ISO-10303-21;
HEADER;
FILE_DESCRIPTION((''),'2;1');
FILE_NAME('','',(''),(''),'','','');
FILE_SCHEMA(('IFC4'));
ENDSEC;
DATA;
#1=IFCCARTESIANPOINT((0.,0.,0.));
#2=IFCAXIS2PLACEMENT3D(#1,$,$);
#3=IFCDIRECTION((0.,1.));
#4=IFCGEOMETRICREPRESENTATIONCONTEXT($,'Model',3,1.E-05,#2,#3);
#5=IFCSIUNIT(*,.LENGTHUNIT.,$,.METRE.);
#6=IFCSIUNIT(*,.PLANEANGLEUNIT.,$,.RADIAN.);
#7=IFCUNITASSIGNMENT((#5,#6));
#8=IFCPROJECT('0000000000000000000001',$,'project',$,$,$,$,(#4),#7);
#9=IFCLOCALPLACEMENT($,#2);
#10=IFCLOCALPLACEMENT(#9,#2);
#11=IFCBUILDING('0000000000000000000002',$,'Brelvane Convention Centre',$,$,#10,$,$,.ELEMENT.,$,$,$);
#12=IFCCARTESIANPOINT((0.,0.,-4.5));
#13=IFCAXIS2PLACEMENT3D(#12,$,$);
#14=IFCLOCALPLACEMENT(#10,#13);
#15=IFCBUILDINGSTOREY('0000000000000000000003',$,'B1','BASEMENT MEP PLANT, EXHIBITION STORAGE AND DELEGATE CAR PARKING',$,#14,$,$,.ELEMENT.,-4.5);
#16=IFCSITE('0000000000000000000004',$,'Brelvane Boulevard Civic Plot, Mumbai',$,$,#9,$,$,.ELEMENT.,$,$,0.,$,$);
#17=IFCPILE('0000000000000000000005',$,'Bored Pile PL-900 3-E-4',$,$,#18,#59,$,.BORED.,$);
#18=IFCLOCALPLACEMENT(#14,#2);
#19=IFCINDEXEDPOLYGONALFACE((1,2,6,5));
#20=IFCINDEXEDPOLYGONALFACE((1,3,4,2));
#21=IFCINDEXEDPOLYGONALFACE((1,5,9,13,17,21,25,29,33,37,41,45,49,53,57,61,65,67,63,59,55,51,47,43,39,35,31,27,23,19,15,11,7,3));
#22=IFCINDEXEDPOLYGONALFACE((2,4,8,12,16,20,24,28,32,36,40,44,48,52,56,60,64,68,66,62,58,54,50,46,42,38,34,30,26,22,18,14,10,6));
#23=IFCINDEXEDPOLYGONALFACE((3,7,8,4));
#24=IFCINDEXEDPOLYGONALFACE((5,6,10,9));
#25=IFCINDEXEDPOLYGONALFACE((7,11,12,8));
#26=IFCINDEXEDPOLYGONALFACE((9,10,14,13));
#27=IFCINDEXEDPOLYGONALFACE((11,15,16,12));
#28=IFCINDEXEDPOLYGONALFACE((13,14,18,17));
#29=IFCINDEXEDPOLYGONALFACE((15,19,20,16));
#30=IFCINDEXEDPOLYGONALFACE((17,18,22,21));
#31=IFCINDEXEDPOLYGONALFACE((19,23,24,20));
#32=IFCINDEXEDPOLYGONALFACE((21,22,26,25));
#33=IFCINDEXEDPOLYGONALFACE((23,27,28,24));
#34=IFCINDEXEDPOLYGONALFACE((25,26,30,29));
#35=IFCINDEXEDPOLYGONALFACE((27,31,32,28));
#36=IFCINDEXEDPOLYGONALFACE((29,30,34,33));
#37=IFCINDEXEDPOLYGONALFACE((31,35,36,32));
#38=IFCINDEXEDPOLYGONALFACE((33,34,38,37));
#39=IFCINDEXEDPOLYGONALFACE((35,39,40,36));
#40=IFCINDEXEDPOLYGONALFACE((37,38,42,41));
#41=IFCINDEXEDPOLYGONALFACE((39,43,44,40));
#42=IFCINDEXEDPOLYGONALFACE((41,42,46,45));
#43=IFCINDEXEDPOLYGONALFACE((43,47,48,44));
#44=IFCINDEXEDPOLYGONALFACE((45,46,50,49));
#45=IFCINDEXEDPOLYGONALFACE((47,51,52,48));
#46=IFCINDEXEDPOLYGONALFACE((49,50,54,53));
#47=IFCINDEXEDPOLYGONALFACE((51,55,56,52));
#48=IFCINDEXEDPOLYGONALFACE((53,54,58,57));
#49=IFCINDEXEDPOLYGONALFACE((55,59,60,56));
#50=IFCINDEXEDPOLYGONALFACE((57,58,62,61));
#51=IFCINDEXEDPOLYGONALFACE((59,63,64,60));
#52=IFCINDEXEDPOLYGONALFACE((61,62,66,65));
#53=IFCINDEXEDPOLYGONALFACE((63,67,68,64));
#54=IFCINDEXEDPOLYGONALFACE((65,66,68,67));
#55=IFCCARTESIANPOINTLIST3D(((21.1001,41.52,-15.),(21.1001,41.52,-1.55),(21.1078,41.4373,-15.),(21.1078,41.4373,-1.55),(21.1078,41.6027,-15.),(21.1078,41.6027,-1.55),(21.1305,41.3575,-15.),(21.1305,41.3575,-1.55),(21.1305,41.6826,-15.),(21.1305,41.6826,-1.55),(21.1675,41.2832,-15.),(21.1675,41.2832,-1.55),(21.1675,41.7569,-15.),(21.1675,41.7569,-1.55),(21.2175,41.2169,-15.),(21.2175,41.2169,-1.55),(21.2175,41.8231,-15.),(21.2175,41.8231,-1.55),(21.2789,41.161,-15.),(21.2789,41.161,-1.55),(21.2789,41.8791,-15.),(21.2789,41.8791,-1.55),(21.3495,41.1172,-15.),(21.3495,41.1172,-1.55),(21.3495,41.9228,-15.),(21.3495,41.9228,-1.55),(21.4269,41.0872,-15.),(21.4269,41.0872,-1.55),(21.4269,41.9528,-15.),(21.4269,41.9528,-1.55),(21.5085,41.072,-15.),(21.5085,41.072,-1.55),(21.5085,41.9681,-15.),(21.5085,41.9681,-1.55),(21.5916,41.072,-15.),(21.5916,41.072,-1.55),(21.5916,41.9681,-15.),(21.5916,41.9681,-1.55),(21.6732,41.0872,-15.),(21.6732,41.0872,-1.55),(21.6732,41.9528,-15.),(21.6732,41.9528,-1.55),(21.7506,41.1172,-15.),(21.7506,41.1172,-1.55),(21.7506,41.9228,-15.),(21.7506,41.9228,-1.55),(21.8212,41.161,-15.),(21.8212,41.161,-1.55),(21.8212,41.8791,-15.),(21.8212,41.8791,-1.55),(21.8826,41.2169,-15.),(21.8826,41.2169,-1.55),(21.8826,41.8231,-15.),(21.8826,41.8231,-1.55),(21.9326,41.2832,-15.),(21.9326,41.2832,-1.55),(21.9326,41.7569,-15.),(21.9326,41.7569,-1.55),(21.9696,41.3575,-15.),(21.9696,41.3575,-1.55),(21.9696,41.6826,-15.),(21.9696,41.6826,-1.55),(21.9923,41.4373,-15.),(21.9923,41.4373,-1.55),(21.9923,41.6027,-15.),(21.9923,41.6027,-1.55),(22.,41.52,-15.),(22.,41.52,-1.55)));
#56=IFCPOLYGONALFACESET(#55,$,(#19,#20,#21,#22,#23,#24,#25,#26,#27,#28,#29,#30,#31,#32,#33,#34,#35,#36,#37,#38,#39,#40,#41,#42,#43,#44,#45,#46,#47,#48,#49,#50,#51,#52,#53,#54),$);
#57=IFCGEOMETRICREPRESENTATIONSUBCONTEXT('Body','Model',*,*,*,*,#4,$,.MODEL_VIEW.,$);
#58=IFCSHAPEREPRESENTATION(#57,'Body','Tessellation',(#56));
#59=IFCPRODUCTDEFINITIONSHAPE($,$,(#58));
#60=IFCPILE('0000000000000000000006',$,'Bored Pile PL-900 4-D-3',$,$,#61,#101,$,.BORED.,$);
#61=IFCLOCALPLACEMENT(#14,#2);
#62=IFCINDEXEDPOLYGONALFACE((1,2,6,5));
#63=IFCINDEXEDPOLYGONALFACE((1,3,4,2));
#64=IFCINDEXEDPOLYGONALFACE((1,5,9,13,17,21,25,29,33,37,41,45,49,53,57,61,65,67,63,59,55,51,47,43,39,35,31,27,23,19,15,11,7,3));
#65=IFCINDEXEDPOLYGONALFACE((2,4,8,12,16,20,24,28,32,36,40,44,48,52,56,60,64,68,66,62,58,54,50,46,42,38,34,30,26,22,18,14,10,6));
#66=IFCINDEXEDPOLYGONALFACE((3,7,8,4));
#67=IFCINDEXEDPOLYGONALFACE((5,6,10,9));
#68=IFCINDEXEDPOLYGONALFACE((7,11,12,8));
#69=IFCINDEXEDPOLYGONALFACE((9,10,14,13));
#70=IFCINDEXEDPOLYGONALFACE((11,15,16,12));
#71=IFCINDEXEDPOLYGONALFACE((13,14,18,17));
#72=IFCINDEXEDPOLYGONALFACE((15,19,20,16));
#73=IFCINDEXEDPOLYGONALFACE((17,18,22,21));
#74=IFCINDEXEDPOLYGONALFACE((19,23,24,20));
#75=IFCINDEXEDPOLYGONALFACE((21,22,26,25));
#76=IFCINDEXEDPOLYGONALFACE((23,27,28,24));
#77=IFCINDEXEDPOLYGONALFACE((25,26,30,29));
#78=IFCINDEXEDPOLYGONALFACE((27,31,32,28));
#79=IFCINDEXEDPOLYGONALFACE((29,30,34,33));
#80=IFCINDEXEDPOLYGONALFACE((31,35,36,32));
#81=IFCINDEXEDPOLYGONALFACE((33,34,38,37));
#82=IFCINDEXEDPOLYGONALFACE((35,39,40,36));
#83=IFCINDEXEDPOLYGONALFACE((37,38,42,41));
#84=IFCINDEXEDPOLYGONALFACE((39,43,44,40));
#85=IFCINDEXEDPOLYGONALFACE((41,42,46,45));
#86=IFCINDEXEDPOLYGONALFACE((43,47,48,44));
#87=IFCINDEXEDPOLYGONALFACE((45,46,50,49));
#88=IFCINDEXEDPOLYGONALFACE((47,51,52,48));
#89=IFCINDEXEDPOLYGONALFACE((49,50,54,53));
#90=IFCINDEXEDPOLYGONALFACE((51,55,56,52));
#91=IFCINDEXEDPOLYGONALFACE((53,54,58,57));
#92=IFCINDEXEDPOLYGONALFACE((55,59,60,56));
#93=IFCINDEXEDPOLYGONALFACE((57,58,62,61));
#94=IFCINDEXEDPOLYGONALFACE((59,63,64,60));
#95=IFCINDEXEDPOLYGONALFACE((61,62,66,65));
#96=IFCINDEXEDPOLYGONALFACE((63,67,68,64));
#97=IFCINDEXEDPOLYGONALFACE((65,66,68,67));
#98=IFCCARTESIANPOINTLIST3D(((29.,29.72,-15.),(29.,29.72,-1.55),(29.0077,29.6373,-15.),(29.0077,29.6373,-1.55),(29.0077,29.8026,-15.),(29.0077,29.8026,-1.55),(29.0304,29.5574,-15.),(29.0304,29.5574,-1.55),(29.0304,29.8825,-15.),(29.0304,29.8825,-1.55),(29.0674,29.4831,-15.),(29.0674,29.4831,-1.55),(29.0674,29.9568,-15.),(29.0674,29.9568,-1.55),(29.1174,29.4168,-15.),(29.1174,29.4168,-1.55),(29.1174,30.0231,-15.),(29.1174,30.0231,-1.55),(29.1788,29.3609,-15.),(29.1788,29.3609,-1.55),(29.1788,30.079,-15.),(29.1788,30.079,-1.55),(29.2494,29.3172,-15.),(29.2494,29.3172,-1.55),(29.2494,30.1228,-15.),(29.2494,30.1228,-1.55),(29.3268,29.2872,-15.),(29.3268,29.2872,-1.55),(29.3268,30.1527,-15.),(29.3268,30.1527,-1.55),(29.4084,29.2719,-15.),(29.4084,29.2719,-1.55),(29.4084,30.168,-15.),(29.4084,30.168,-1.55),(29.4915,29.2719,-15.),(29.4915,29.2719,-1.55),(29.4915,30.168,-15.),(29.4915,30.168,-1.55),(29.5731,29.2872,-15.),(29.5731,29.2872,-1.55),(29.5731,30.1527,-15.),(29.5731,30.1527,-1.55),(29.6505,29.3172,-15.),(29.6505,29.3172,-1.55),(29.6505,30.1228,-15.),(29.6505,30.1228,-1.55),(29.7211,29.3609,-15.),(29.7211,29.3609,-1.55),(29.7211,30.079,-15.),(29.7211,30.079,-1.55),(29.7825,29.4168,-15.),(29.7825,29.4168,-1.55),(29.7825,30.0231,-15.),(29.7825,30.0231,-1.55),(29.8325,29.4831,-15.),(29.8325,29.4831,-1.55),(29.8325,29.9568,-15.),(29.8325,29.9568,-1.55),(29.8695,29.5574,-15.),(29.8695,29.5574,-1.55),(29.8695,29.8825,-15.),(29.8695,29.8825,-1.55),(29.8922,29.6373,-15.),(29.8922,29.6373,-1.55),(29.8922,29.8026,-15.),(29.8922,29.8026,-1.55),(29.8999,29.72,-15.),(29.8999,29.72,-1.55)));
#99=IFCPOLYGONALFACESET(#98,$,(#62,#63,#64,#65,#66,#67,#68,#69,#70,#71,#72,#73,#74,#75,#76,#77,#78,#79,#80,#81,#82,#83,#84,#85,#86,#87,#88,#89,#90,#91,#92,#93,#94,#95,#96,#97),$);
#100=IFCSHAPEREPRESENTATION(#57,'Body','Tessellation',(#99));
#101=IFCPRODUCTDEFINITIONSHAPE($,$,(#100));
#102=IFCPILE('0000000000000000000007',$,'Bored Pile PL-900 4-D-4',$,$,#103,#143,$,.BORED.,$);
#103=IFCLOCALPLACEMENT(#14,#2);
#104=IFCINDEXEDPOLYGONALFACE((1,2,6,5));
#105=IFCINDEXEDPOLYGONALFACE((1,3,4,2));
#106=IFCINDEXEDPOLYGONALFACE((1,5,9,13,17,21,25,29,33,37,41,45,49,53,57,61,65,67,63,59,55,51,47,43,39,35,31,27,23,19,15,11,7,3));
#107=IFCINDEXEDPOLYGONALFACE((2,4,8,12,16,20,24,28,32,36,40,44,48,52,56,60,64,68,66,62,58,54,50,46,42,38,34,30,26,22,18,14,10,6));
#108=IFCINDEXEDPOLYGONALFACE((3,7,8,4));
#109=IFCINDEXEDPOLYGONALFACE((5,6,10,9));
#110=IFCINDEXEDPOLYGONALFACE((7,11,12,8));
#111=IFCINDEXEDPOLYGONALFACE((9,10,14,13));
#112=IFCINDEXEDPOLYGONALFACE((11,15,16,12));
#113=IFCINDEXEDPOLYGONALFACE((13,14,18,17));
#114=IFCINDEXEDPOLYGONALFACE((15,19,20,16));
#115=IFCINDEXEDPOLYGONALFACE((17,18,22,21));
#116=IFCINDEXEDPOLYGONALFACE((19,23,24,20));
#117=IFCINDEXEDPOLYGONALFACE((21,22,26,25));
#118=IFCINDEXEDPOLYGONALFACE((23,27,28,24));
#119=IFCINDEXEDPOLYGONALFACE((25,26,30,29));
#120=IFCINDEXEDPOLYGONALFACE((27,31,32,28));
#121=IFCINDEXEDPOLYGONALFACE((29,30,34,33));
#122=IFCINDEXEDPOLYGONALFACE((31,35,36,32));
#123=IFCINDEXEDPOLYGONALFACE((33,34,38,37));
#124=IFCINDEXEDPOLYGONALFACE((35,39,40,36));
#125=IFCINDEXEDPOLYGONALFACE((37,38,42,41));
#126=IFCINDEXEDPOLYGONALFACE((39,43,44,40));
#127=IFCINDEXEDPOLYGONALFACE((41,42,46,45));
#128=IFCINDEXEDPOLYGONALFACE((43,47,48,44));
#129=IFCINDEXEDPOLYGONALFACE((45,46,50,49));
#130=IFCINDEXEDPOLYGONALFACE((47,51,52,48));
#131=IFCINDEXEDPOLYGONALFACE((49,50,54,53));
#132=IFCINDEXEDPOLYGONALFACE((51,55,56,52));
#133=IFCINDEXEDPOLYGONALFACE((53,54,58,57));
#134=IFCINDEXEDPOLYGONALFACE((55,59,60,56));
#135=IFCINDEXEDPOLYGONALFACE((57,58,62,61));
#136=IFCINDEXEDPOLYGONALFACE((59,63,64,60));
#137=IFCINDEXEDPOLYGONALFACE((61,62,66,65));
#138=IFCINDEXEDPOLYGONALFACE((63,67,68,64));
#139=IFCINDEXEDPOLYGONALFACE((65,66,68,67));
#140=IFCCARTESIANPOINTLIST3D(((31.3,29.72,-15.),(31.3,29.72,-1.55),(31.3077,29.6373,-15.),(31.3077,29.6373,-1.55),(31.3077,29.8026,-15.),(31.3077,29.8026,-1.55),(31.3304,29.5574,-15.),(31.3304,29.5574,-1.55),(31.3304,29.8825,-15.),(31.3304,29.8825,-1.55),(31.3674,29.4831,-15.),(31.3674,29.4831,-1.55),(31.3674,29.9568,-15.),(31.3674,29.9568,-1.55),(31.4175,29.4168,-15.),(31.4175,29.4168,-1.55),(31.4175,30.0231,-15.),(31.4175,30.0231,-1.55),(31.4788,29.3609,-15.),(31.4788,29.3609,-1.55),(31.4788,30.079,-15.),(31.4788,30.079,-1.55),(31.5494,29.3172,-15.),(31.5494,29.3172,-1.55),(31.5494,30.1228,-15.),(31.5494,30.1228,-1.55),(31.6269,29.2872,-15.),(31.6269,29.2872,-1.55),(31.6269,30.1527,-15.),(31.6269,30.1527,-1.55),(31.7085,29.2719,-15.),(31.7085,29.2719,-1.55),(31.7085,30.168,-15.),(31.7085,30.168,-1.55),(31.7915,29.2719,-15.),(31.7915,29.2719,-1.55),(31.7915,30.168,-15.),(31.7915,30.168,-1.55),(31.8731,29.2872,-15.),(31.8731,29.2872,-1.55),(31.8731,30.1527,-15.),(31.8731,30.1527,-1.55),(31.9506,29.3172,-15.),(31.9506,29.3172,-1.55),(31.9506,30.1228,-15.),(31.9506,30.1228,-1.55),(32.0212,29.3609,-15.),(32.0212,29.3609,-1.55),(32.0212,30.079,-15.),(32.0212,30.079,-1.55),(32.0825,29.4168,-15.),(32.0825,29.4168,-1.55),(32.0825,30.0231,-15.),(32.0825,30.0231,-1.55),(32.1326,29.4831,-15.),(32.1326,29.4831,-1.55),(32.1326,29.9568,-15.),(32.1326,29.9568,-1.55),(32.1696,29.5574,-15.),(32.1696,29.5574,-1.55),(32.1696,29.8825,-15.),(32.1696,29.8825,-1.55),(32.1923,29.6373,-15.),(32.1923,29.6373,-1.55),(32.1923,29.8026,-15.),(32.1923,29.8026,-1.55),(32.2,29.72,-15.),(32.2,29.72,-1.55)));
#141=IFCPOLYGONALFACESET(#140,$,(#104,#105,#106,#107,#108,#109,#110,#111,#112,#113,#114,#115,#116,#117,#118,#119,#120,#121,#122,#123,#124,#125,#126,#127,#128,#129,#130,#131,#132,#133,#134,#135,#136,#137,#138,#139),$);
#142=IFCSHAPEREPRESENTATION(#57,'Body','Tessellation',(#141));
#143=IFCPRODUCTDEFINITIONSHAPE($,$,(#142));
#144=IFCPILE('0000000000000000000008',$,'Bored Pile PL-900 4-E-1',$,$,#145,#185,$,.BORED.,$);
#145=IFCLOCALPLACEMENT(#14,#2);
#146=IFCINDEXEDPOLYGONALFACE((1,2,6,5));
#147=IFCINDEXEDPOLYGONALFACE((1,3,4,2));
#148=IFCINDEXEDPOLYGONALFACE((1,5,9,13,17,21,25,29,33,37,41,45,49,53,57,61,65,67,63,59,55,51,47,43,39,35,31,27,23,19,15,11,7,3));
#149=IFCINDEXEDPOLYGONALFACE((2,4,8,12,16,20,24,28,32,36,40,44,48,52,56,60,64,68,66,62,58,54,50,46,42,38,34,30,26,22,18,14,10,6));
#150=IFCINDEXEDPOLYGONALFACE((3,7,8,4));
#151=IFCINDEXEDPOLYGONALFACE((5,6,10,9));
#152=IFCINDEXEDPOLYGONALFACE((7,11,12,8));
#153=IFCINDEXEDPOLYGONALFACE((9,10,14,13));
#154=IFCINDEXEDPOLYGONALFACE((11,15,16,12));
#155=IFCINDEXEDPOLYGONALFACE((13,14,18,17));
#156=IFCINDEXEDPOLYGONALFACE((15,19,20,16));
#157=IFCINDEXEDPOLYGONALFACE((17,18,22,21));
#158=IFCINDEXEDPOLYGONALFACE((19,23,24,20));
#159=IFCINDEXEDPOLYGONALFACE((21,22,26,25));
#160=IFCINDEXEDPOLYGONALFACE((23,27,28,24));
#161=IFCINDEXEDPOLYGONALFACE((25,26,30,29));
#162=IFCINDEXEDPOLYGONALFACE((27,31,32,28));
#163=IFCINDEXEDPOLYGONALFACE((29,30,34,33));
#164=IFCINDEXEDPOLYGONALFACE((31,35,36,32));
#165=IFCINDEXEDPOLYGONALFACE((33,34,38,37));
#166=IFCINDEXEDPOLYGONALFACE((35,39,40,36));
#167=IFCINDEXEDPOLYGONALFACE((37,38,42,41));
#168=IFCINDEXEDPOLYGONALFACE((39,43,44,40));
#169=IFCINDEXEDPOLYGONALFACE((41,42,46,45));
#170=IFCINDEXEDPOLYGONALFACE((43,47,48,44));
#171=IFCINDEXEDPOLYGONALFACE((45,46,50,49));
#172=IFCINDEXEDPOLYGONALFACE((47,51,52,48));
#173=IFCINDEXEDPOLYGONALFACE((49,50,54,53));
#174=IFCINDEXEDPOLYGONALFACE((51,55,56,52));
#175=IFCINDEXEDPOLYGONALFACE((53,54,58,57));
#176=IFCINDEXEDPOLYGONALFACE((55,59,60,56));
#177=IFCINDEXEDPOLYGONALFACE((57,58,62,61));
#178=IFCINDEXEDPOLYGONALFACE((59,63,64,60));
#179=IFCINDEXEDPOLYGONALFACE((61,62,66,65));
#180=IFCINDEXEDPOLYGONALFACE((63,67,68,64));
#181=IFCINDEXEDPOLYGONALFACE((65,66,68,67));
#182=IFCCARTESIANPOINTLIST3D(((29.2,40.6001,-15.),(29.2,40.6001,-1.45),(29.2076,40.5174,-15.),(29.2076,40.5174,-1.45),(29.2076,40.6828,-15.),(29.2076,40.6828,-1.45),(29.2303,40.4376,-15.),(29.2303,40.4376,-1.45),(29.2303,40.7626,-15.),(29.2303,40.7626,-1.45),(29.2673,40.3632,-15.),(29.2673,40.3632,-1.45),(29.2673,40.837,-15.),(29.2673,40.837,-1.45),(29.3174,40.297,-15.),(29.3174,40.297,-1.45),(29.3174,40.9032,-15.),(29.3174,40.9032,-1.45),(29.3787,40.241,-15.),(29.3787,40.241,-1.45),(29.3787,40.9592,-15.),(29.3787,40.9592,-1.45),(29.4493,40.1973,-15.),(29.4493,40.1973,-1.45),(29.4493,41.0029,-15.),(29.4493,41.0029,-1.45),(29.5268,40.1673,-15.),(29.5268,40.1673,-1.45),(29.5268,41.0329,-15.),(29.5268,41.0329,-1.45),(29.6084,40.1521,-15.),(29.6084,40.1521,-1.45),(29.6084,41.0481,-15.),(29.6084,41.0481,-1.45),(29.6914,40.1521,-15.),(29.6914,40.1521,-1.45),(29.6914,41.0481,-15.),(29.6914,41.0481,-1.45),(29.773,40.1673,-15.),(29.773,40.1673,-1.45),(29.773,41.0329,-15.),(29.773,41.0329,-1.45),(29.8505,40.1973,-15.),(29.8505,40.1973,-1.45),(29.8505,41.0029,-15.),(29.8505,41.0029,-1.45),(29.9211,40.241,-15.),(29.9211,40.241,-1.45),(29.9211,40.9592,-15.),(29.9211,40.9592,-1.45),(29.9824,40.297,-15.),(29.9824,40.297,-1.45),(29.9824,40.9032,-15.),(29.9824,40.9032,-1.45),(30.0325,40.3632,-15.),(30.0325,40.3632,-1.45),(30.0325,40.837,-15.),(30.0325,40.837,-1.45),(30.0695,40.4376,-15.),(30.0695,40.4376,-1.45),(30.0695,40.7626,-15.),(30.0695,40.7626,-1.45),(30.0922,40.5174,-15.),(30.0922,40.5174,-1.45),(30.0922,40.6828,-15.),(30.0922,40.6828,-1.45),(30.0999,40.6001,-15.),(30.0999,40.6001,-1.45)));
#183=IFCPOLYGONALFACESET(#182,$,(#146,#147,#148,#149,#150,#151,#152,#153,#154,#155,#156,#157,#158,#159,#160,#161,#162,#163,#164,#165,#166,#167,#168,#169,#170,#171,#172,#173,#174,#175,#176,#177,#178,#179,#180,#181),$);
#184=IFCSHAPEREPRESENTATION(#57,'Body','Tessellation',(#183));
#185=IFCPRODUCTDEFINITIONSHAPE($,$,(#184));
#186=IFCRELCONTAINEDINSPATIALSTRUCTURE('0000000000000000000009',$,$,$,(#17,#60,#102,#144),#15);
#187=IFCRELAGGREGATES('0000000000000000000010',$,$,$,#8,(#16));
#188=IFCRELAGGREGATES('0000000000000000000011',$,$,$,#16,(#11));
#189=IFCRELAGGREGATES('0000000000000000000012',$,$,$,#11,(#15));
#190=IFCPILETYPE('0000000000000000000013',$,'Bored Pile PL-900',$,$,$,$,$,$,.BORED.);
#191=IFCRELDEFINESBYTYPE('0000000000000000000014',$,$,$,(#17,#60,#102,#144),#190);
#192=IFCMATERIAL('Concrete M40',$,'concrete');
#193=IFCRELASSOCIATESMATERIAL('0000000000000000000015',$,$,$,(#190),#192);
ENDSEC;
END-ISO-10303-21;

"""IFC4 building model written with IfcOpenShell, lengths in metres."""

from ifc_helpers import new_model, si_unit, direction, frame, origin, origin_2d, place, context, subcontext, project, spatial, circle, extrude, material, material_profile, profile_set, type_object, element, save


model = new_model("IFC4")

# Units and contexts
model_context = context("Model", 3, precision=1e-05, world=origin(), true_north=direction((0.0, 1.0)))
body_context = subcontext(model_context, "Body", "Model", "MODEL_VIEW")
ifc_project = project(units=[si_unit("LENGTHUNIT", "METRE"), si_unit("PLANEANGLEUNIT", "RADIAN")], contexts=[model_context])

# Site, building, storey
site_placement = place(None, origin())
site = spatial("IfcSite", under=ifc_project, at=site_placement, Name="Brelvane Boulevard Civic Plot, Mumbai", CompositionType="ELEMENT", RefElevation=0.0)
building_placement = place(site_placement, origin())
building = spatial("IfcBuilding", under=site, at=building_placement, Name="Brelvane Convention Centre", CompositionType="ELEMENT")
storey_placement = place(building_placement, frame((0.0, 0.0, -4.5)))
storey = spatial("IfcBuildingStorey", under=building, at=storey_placement, Name="B1", Description="BASEMENT MEP PLANT, EXHIBITION STORAGE AND DELEGATE CAR PARKING", CompositionType="ELEMENT", Elevation=-4.5)

# Piles
ifc_material_1 = material(Name="Concrete M40", Category="concrete")
ifc_material_profile_1 = material_profile(ifc_material_1, circle(Radius=0.45, at=origin_2d()), Name="PILE D900")
ifc_profile_set_1 = profile_set([ifc_material_profile_1], Name="Concrete M40")
pile_type = type_object("IfcPileType", Name="Bored Pile PL-900", PredefinedType="BORED", material=ifc_profile_set_1)
for number, where, z_axis, x_axis, name in (
    (1, (21.55, 41.52, -1.55), (0.0, 0.0, -1.0), (1.0, 0.0, 0.0), "Bored Pile PL-900 3-E-4"),
    (2, (29.45, 29.72, -1.55), (0.0, 0.0, -1.0), (1.0, 0.0, 0.0), "Bored Pile PL-900 4-D-3"),
    (3, (31.75, 29.72, -1.55), (0.0, 0.0, -1.0), (1.0, 0.0, 0.0), "Bored Pile PL-900 4-D-4"),
):
    element("IfcPile", number, at=place(storey_placement, frame(where, z_axis=z_axis, x_axis=x_axis)), inside=storey, type_object=pile_type, Name=name, PredefinedType="BORED", context=body_context, shape_type="SweptSolid", body=[
        extrude(circle(Radius=0.45, at=origin_2d()), origin(), (0.0, 0.0, 1.0), 13.45),
    ])
for number, where, z_axis, x_axis, name in (
    (4, (29.6499, 40.6001, -1.45), (0.0, 0.0, -1.0), (1.0, 0.0, 0.0), "Bored Pile PL-900 4-E-1"),
):
    element("IfcPile", number, at=place(storey_placement, frame(where, z_axis=z_axis, x_axis=x_axis)), inside=storey, type_object=pile_type, Name=name, PredefinedType="BORED", context=body_context, shape_type="SweptSolid", body=[
        extrude(circle(Radius=0.45, at=origin_2d()), origin(), (0.0, 0.0, 1.0), 13.55),
    ])

save(model, "model.ifc")
